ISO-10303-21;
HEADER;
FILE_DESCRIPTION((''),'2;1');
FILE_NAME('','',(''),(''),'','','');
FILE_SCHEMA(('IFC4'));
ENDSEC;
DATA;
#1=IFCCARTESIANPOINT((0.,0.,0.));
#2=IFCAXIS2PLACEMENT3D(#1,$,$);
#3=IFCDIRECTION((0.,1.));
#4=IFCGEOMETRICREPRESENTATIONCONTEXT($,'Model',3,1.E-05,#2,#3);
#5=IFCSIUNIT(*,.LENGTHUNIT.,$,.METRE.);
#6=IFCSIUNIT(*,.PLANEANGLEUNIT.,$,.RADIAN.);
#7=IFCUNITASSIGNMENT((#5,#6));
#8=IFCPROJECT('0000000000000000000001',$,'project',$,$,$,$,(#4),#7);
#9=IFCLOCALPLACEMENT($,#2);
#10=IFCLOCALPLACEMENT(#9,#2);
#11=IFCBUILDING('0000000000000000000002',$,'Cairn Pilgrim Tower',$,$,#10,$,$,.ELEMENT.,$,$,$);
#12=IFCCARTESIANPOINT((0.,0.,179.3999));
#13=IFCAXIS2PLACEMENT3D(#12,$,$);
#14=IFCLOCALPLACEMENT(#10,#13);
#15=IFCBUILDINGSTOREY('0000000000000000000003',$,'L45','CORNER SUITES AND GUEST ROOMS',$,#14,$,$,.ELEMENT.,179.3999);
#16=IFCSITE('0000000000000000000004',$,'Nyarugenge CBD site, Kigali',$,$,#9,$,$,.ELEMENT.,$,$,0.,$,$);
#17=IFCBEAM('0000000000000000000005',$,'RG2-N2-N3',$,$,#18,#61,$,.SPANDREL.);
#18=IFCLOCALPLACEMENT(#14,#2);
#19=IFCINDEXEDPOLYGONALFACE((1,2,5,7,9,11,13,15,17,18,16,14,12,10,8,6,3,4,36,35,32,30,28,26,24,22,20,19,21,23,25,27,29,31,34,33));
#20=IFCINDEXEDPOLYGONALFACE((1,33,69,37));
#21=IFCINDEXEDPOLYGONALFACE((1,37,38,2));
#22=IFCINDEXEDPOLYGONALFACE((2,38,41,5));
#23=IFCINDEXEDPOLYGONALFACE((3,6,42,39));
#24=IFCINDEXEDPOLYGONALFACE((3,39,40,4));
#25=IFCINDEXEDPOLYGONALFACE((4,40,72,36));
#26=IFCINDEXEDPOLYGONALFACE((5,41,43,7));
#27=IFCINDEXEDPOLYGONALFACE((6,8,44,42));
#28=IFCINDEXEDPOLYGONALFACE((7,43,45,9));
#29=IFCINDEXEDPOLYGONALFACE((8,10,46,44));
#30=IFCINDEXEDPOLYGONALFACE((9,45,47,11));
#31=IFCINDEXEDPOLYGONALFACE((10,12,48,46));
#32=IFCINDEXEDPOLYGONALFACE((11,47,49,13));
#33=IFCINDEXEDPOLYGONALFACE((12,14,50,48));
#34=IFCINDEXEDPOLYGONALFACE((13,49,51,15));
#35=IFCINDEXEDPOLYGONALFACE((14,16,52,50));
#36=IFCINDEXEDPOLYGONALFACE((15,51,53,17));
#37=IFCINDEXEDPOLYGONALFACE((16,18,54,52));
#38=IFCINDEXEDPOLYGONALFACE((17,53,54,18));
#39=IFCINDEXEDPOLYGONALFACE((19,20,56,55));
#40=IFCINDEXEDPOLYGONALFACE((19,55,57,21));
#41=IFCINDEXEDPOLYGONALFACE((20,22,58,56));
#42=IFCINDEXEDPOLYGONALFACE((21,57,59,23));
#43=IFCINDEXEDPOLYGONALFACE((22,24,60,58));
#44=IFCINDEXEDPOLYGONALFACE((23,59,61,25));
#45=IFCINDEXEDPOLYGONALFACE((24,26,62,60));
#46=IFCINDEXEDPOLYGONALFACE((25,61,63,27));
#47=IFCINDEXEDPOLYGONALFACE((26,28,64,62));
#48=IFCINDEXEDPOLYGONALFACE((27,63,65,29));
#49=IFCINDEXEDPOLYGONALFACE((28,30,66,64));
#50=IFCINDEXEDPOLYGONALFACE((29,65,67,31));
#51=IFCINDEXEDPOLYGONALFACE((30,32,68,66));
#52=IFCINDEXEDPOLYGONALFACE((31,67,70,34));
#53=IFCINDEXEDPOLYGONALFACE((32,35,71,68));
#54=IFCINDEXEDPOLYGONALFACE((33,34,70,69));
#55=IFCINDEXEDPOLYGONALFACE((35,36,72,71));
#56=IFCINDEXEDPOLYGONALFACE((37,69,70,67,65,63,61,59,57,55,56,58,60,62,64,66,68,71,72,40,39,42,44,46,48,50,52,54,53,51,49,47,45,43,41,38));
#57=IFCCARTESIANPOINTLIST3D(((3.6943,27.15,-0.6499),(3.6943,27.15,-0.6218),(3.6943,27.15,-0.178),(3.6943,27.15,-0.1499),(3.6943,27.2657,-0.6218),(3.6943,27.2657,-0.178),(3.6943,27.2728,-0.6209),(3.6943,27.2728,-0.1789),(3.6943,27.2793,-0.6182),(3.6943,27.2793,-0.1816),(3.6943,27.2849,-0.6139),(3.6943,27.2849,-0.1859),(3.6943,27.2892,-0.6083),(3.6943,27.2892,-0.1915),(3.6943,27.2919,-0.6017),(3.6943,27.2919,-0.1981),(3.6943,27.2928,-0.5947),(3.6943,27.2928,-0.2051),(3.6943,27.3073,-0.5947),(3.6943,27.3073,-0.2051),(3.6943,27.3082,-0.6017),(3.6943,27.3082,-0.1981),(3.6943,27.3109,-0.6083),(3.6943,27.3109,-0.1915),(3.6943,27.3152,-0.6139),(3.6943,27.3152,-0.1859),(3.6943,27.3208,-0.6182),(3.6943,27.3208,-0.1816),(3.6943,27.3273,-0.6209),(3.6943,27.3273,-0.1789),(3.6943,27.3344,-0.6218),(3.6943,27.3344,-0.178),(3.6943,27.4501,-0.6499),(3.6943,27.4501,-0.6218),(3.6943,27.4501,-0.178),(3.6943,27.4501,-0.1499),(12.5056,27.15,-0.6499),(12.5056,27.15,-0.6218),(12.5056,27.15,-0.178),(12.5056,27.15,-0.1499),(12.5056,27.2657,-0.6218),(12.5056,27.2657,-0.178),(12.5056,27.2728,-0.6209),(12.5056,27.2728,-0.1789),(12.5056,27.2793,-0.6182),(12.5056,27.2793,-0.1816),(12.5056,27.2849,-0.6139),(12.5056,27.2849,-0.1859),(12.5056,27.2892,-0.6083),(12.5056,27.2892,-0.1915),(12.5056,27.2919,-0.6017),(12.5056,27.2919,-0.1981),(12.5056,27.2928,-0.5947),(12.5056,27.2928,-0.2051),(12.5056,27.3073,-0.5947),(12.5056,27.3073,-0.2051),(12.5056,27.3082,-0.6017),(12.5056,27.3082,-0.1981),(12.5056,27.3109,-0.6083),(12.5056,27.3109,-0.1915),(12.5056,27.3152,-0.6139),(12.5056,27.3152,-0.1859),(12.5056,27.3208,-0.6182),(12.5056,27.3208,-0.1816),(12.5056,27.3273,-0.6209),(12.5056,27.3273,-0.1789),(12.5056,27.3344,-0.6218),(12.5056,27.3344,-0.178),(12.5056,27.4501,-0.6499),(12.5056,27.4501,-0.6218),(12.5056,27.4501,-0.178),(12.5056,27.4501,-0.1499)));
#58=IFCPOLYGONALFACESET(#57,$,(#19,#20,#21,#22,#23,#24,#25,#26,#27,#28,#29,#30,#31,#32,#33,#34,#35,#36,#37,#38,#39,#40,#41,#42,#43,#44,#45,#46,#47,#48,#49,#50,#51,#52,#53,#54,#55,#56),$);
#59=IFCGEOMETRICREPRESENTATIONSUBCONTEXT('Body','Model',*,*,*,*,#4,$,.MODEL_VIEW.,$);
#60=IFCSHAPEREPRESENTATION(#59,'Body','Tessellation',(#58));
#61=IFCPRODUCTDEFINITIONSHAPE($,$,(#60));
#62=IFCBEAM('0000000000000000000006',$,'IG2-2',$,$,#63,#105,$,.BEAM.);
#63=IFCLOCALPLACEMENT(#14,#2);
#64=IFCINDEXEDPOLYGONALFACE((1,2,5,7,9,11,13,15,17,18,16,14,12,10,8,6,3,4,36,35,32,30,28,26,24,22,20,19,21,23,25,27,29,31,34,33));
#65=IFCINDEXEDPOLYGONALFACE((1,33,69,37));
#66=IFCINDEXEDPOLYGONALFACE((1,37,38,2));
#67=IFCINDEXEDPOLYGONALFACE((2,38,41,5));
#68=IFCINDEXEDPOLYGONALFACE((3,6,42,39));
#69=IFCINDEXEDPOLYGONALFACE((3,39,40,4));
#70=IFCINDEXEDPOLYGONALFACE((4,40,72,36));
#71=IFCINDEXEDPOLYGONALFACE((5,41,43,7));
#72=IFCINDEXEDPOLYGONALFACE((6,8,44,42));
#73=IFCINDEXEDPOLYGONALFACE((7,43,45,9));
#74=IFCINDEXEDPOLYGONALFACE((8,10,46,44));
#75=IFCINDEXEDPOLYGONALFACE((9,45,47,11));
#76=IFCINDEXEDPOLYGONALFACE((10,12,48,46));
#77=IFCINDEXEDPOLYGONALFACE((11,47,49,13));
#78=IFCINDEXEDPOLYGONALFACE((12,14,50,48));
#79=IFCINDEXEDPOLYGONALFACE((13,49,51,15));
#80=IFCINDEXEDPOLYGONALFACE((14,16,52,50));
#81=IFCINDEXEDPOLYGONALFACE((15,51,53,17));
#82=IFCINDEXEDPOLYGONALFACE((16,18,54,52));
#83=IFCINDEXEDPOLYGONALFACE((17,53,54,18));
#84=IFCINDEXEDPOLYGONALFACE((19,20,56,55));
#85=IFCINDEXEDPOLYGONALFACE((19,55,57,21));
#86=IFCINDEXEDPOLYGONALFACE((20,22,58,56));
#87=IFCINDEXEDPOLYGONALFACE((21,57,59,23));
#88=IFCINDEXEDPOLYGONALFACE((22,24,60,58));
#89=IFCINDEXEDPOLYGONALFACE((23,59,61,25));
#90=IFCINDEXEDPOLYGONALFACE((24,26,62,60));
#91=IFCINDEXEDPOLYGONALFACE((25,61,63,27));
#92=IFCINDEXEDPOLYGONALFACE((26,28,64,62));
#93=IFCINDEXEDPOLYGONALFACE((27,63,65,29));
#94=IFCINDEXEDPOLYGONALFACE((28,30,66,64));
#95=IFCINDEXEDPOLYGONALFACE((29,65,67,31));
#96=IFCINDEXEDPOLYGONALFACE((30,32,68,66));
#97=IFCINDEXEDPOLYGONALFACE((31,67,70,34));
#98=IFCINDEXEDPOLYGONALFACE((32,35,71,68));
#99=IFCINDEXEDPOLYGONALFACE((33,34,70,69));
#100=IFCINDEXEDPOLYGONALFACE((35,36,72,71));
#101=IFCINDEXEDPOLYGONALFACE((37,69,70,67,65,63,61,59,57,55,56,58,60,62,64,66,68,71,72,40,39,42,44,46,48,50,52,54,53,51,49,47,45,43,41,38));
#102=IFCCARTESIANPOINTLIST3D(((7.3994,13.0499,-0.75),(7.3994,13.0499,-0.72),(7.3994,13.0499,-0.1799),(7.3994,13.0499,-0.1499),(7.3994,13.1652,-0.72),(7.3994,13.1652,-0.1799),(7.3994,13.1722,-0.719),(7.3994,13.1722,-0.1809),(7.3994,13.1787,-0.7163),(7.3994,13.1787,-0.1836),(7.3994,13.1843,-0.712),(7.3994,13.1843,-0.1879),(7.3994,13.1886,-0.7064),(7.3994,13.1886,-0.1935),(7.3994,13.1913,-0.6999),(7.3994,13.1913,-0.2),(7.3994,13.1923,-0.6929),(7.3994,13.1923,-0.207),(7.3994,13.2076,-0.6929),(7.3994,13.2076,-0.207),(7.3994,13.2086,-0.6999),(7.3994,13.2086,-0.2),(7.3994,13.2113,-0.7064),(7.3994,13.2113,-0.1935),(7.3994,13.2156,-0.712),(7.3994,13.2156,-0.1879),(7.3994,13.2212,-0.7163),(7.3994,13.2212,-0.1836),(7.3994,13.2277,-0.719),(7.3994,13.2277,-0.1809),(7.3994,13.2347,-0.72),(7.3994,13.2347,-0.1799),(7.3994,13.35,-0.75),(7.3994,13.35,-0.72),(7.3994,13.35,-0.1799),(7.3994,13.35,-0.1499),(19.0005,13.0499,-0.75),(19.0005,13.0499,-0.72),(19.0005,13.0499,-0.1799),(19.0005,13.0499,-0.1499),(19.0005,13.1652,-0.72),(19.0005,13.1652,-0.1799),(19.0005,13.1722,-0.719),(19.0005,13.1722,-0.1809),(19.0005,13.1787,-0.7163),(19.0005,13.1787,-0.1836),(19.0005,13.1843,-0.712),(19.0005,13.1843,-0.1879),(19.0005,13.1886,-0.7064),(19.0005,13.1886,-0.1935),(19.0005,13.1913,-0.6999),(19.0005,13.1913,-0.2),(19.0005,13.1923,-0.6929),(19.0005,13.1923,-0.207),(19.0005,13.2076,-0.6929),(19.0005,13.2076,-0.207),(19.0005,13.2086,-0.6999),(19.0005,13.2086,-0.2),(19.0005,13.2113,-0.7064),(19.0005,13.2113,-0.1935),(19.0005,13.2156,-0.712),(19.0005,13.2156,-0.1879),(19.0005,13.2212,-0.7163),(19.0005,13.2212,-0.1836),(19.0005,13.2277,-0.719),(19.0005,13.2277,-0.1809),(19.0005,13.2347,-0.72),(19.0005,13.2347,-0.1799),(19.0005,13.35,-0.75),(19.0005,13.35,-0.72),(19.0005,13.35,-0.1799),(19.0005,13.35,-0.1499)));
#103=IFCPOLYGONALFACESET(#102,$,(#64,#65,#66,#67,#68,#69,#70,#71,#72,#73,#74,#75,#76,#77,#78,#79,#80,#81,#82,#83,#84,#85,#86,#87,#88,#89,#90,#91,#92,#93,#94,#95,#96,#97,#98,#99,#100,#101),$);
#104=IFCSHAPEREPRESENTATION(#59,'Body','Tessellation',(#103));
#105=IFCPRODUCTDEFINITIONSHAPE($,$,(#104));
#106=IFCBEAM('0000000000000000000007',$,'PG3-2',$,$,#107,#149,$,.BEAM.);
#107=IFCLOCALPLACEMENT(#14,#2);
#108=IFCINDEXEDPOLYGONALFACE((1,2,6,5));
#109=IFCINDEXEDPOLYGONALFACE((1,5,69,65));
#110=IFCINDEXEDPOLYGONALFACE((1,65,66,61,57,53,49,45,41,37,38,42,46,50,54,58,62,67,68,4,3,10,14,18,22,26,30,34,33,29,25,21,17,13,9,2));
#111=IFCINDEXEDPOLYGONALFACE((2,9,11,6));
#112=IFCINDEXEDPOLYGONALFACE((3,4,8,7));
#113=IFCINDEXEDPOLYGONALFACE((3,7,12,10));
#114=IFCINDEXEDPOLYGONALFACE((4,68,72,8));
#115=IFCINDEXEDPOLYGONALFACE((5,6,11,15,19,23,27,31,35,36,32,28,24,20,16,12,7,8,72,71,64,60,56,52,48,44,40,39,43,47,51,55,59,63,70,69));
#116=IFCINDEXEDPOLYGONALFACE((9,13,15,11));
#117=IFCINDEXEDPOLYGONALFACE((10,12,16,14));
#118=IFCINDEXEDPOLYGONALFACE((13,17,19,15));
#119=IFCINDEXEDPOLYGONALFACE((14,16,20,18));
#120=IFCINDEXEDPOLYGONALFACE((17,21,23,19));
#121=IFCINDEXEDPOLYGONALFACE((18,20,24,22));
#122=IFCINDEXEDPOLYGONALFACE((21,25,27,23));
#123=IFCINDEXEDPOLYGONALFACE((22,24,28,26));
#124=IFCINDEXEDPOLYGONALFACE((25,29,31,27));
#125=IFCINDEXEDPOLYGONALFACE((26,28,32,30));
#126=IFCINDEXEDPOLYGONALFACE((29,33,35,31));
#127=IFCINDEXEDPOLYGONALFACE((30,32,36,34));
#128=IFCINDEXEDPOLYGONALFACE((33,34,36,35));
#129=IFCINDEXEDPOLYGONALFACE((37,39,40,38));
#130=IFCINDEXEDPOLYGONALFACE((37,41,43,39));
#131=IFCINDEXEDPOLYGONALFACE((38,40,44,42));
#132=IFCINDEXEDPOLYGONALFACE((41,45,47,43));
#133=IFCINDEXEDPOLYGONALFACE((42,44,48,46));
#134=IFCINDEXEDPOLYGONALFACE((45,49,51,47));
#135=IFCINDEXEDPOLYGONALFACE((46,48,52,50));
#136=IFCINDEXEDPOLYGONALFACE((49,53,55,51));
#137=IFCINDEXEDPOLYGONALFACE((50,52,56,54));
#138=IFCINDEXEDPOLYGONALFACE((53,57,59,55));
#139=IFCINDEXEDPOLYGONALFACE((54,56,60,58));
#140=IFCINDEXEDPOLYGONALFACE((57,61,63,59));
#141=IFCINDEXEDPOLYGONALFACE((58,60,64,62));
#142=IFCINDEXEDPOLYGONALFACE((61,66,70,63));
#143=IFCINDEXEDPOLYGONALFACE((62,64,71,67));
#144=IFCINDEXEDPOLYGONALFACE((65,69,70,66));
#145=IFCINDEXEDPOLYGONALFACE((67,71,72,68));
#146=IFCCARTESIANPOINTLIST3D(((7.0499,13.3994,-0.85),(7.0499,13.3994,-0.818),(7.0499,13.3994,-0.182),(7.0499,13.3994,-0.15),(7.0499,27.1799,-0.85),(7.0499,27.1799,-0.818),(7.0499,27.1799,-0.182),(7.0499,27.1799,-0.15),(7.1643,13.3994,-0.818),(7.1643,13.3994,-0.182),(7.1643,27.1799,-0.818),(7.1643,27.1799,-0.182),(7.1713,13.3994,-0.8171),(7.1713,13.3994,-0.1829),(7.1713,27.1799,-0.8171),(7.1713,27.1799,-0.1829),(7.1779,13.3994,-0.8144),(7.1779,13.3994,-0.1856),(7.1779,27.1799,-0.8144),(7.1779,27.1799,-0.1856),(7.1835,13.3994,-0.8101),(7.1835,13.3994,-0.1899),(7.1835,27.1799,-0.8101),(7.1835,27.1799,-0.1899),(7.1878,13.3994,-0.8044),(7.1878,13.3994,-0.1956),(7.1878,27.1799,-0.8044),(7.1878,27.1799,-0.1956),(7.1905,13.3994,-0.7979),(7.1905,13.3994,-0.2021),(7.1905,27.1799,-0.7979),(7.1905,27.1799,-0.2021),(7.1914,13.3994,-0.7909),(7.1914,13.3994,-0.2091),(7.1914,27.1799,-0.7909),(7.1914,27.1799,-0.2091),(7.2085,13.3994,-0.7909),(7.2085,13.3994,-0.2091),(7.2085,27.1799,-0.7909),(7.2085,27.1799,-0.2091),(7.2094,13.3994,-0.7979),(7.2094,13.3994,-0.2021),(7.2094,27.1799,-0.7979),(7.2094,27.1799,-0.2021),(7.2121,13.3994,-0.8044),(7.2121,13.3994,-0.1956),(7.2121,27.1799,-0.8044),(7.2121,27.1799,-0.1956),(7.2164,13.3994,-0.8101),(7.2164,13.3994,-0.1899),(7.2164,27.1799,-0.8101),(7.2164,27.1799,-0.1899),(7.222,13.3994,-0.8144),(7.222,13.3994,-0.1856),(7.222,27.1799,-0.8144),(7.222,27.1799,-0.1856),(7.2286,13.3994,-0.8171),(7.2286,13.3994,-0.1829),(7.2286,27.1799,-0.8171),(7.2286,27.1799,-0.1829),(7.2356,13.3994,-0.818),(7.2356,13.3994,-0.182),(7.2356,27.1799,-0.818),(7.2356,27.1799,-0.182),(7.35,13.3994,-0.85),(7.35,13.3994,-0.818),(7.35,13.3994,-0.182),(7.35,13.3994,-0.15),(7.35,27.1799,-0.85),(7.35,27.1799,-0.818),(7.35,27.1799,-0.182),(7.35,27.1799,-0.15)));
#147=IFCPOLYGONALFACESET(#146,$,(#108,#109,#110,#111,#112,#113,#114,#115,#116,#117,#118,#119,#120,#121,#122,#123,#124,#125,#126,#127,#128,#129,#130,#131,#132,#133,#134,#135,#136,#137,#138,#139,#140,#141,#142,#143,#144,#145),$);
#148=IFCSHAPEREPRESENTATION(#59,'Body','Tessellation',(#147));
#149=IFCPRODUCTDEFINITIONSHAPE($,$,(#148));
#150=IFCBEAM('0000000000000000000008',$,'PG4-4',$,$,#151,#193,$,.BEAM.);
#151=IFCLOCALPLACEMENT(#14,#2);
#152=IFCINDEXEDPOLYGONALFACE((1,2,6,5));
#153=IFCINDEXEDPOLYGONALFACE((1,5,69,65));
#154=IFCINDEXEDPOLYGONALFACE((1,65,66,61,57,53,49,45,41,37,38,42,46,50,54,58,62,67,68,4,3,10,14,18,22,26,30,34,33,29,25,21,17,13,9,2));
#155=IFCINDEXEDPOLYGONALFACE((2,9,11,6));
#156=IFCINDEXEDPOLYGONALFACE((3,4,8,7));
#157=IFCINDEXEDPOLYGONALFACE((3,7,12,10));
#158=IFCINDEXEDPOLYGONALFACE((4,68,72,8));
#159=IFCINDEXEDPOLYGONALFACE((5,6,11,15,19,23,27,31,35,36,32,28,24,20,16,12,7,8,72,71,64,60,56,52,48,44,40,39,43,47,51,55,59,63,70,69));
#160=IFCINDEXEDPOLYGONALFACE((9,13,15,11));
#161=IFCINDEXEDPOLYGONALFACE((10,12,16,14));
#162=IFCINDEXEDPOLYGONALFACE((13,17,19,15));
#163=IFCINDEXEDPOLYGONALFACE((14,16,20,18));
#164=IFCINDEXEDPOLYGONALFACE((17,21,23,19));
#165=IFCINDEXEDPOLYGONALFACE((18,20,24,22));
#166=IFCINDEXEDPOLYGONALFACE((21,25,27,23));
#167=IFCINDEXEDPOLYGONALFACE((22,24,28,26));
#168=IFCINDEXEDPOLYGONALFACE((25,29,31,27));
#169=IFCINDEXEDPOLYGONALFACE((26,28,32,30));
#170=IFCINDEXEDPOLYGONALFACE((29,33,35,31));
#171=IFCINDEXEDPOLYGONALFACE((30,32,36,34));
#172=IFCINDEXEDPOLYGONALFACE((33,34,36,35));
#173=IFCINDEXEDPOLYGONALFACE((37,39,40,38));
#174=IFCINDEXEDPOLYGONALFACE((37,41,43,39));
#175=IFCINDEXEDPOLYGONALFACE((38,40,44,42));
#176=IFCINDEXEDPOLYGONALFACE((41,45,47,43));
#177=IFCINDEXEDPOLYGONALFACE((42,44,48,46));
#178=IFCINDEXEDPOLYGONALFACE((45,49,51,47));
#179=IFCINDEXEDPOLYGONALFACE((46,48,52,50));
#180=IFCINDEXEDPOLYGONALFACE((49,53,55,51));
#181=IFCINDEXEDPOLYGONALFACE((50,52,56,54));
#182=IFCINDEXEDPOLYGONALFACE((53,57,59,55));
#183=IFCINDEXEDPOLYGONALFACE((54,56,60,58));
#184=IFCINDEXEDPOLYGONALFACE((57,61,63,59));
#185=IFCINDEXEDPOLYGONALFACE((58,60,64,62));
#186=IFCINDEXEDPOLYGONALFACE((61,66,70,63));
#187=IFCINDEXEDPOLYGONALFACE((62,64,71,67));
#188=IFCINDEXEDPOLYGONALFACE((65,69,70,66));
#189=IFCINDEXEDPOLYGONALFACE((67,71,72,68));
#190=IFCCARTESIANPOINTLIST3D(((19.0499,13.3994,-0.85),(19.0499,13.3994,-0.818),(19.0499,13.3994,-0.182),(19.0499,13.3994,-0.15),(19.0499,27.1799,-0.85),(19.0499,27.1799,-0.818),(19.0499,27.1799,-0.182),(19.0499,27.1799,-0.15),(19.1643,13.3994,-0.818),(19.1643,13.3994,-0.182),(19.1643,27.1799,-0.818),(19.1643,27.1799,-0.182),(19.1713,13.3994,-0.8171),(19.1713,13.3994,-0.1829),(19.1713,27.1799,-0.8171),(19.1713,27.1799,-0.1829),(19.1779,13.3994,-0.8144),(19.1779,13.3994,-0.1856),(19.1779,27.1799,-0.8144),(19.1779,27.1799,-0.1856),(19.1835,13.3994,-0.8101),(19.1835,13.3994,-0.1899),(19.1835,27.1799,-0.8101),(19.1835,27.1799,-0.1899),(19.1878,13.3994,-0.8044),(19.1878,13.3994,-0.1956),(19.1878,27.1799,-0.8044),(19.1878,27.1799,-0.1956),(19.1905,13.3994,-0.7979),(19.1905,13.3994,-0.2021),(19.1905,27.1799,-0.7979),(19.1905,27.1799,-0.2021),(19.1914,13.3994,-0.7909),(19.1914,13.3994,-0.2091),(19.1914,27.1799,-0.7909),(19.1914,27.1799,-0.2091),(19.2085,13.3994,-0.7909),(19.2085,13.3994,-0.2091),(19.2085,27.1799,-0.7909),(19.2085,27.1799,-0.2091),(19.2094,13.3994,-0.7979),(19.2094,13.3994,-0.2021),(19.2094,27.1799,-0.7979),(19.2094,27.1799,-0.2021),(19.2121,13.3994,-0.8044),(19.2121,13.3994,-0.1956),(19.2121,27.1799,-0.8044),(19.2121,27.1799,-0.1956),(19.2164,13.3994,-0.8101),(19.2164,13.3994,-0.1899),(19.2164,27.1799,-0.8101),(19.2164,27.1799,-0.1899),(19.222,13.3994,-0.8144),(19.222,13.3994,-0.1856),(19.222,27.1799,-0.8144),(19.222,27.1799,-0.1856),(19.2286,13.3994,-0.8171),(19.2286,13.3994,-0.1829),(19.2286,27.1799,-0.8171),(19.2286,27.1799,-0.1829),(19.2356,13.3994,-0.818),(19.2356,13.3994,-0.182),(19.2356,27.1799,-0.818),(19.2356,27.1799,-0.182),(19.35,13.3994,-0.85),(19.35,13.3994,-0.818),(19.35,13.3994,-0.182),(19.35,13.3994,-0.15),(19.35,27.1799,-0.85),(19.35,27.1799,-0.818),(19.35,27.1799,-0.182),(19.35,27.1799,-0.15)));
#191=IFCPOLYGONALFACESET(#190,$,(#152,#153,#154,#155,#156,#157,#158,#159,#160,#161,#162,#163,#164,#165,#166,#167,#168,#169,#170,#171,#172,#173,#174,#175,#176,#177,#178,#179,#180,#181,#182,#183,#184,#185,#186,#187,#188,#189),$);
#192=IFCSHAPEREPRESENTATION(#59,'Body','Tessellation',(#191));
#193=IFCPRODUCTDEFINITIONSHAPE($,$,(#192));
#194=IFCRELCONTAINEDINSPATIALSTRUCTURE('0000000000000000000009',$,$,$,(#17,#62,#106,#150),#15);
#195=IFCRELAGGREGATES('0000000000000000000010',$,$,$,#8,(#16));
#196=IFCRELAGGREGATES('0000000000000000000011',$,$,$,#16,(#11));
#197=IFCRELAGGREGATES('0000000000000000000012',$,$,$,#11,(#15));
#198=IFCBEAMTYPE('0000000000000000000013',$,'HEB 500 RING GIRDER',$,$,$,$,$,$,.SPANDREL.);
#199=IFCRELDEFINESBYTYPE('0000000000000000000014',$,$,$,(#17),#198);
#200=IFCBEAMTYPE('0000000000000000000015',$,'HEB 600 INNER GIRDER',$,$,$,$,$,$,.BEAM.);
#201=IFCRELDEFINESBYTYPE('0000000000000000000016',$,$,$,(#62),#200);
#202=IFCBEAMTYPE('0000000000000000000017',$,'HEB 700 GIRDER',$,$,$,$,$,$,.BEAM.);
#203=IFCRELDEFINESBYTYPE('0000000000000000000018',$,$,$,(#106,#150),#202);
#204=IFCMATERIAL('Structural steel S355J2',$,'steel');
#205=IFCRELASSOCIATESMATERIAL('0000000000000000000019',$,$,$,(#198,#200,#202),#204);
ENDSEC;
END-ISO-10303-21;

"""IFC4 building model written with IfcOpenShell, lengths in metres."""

from ifc_helpers import new_model, si_unit, direction, frame, origin, origin_2d, place, context, subcontext, project, spatial, i_section, extrude, material, material_profile, profile_set, type_object, element, save


model = new_model("IFC4")

# Units and contexts
model_context = context("Model", 3, precision=1e-05, world=origin(), true_north=direction((0.0, 1.0)))
body_context = subcontext(model_context, "Body", "Model", "MODEL_VIEW")
ifc_project = project(units=[si_unit("LENGTHUNIT", "METRE"), si_unit("PLANEANGLEUNIT", "RADIAN")], contexts=[model_context])

# Site, building, storey
site_placement = place(None, origin())
site = spatial("IfcSite", under=ifc_project, at=site_placement, Name="Nyarugenge CBD site, Kigali", CompositionType="ELEMENT", RefElevation=0.0)
building_placement = place(site_placement, origin())
building = spatial("IfcBuilding", under=site, at=building_placement, Name="Cairn Pilgrim Tower", CompositionType="ELEMENT")
storey_placement = place(building_placement, frame((0.0, 0.0, 179.3999)))
storey = spatial("IfcBuildingStorey", under=building, at=storey_placement, Name="L45", Description="CORNER SUITES AND GUEST ROOMS", CompositionType="ELEMENT", Elevation=179.3999)

# Shared definitions
ifc_material_1 = material(Name="Structural steel S355J2", Category="steel")

# Beams
ifc_material_profile_1 = material_profile(ifc_material_1, i_section(OverallWidth=0.3, OverallDepth=0.5, WebThickness=0.0144, FlangeThickness=0.0281, FilletRadius=0.0271, at=origin_2d()), Name="HEB 500")
ifc_profile_set_1 = profile_set([ifc_material_profile_1], Name="Structural steel S355J2")
beam_type_1 = type_object("IfcBeamType", Name="HEB 500 RING GIRDER", PredefinedType="SPANDREL", material=ifc_profile_set_1)
beam_1_placement = place(storey_placement, frame((12.5056, 27.3, -0.3999), z_axis=(-1.0, 0.0, 0.0), x_axis=(0.0, -1.0, 0.0)))
element("IfcBeam", 1, at=beam_1_placement, inside=storey, type_object=beam_type_1, Name="RG2-N2-N3", PredefinedType="SPANDREL", context=body_context, shape_type="SweptSolid", body=[
    extrude(i_section(OverallWidth=0.3, OverallDepth=0.5, WebThickness=0.0144, FlangeThickness=0.0281, FilletRadius=0.0271, at=origin_2d()), origin(), (0.0, 0.0, 1.0), 8.8113),
])
ifc_material_profile_2 = material_profile(ifc_material_1, i_section(OverallWidth=0.3, OverallDepth=0.6001, WebThickness=0.0154, FlangeThickness=0.03, FilletRadius=0.0271, at=origin_2d()), Name="HEB 600")
ifc_profile_set_2 = profile_set([ifc_material_profile_2], Name="Structural steel S355J2")
beam_type_2 = type_object("IfcBeamType", Name="HEB 600 INNER GIRDER", PredefinedType="BEAM", material=ifc_profile_set_2)
beam_2_placement = place(storey_placement, frame((7.3994, 13.2, -0.45), z_axis=(1.0, 0.0, 0.0), x_axis=(0.0, 1.0, 0.0)))
element("IfcBeam", 2, at=beam_2_placement, inside=storey, type_object=beam_type_2, Name="IG2-2", PredefinedType="BEAM", context=body_context, shape_type="SweptSolid", body=[
    extrude(i_section(OverallWidth=0.3, OverallDepth=0.6001, WebThickness=0.0154, FlangeThickness=0.03, FilletRadius=0.0271, at=origin_2d()), origin(), (0.0, 0.0, 1.0), 11.6011),
])
ifc_material_profile_3 = material_profile(ifc_material_1, i_section(OverallWidth=0.3, OverallDepth=0.7, WebThickness=0.0171, FlangeThickness=0.032, FilletRadius=0.0271, at=origin_2d()), Name="HEB 700")
ifc_profile_set_3 = profile_set([ifc_material_profile_3], Name="Structural steel S355J2")
beam_type_3 = type_object("IfcBeamType", Name="HEB 700 GIRDER", PredefinedType="BEAM", material=ifc_profile_set_3)
for number, where, z_axis, x_axis, name in (
    (3, (7.2, 13.3994, -0.5), (0.0, 1.0, 0.0), (-1.0, 0.0, 0.0), "PG3-2"),
    (4, (19.2, 13.3994, -0.5), (0.0, 1.0, 0.0), (-1.0, 0.0, 0.0), "PG4-4"),
):
    element("IfcBeam", number, at=place(storey_placement, frame(where, z_axis=z_axis, x_axis=x_axis)), inside=storey, type_object=beam_type_3, Name=name, PredefinedType="BEAM", context=body_context, shape_type="SweptSolid", body=[
        extrude(i_section(OverallWidth=0.3, OverallDepth=0.7, WebThickness=0.0171, FlangeThickness=0.032, FilletRadius=0.0271, at=origin_2d()), origin(), (0.0, 0.0, 1.0), 13.7805),
    ])

save(model, "model.ifc")
